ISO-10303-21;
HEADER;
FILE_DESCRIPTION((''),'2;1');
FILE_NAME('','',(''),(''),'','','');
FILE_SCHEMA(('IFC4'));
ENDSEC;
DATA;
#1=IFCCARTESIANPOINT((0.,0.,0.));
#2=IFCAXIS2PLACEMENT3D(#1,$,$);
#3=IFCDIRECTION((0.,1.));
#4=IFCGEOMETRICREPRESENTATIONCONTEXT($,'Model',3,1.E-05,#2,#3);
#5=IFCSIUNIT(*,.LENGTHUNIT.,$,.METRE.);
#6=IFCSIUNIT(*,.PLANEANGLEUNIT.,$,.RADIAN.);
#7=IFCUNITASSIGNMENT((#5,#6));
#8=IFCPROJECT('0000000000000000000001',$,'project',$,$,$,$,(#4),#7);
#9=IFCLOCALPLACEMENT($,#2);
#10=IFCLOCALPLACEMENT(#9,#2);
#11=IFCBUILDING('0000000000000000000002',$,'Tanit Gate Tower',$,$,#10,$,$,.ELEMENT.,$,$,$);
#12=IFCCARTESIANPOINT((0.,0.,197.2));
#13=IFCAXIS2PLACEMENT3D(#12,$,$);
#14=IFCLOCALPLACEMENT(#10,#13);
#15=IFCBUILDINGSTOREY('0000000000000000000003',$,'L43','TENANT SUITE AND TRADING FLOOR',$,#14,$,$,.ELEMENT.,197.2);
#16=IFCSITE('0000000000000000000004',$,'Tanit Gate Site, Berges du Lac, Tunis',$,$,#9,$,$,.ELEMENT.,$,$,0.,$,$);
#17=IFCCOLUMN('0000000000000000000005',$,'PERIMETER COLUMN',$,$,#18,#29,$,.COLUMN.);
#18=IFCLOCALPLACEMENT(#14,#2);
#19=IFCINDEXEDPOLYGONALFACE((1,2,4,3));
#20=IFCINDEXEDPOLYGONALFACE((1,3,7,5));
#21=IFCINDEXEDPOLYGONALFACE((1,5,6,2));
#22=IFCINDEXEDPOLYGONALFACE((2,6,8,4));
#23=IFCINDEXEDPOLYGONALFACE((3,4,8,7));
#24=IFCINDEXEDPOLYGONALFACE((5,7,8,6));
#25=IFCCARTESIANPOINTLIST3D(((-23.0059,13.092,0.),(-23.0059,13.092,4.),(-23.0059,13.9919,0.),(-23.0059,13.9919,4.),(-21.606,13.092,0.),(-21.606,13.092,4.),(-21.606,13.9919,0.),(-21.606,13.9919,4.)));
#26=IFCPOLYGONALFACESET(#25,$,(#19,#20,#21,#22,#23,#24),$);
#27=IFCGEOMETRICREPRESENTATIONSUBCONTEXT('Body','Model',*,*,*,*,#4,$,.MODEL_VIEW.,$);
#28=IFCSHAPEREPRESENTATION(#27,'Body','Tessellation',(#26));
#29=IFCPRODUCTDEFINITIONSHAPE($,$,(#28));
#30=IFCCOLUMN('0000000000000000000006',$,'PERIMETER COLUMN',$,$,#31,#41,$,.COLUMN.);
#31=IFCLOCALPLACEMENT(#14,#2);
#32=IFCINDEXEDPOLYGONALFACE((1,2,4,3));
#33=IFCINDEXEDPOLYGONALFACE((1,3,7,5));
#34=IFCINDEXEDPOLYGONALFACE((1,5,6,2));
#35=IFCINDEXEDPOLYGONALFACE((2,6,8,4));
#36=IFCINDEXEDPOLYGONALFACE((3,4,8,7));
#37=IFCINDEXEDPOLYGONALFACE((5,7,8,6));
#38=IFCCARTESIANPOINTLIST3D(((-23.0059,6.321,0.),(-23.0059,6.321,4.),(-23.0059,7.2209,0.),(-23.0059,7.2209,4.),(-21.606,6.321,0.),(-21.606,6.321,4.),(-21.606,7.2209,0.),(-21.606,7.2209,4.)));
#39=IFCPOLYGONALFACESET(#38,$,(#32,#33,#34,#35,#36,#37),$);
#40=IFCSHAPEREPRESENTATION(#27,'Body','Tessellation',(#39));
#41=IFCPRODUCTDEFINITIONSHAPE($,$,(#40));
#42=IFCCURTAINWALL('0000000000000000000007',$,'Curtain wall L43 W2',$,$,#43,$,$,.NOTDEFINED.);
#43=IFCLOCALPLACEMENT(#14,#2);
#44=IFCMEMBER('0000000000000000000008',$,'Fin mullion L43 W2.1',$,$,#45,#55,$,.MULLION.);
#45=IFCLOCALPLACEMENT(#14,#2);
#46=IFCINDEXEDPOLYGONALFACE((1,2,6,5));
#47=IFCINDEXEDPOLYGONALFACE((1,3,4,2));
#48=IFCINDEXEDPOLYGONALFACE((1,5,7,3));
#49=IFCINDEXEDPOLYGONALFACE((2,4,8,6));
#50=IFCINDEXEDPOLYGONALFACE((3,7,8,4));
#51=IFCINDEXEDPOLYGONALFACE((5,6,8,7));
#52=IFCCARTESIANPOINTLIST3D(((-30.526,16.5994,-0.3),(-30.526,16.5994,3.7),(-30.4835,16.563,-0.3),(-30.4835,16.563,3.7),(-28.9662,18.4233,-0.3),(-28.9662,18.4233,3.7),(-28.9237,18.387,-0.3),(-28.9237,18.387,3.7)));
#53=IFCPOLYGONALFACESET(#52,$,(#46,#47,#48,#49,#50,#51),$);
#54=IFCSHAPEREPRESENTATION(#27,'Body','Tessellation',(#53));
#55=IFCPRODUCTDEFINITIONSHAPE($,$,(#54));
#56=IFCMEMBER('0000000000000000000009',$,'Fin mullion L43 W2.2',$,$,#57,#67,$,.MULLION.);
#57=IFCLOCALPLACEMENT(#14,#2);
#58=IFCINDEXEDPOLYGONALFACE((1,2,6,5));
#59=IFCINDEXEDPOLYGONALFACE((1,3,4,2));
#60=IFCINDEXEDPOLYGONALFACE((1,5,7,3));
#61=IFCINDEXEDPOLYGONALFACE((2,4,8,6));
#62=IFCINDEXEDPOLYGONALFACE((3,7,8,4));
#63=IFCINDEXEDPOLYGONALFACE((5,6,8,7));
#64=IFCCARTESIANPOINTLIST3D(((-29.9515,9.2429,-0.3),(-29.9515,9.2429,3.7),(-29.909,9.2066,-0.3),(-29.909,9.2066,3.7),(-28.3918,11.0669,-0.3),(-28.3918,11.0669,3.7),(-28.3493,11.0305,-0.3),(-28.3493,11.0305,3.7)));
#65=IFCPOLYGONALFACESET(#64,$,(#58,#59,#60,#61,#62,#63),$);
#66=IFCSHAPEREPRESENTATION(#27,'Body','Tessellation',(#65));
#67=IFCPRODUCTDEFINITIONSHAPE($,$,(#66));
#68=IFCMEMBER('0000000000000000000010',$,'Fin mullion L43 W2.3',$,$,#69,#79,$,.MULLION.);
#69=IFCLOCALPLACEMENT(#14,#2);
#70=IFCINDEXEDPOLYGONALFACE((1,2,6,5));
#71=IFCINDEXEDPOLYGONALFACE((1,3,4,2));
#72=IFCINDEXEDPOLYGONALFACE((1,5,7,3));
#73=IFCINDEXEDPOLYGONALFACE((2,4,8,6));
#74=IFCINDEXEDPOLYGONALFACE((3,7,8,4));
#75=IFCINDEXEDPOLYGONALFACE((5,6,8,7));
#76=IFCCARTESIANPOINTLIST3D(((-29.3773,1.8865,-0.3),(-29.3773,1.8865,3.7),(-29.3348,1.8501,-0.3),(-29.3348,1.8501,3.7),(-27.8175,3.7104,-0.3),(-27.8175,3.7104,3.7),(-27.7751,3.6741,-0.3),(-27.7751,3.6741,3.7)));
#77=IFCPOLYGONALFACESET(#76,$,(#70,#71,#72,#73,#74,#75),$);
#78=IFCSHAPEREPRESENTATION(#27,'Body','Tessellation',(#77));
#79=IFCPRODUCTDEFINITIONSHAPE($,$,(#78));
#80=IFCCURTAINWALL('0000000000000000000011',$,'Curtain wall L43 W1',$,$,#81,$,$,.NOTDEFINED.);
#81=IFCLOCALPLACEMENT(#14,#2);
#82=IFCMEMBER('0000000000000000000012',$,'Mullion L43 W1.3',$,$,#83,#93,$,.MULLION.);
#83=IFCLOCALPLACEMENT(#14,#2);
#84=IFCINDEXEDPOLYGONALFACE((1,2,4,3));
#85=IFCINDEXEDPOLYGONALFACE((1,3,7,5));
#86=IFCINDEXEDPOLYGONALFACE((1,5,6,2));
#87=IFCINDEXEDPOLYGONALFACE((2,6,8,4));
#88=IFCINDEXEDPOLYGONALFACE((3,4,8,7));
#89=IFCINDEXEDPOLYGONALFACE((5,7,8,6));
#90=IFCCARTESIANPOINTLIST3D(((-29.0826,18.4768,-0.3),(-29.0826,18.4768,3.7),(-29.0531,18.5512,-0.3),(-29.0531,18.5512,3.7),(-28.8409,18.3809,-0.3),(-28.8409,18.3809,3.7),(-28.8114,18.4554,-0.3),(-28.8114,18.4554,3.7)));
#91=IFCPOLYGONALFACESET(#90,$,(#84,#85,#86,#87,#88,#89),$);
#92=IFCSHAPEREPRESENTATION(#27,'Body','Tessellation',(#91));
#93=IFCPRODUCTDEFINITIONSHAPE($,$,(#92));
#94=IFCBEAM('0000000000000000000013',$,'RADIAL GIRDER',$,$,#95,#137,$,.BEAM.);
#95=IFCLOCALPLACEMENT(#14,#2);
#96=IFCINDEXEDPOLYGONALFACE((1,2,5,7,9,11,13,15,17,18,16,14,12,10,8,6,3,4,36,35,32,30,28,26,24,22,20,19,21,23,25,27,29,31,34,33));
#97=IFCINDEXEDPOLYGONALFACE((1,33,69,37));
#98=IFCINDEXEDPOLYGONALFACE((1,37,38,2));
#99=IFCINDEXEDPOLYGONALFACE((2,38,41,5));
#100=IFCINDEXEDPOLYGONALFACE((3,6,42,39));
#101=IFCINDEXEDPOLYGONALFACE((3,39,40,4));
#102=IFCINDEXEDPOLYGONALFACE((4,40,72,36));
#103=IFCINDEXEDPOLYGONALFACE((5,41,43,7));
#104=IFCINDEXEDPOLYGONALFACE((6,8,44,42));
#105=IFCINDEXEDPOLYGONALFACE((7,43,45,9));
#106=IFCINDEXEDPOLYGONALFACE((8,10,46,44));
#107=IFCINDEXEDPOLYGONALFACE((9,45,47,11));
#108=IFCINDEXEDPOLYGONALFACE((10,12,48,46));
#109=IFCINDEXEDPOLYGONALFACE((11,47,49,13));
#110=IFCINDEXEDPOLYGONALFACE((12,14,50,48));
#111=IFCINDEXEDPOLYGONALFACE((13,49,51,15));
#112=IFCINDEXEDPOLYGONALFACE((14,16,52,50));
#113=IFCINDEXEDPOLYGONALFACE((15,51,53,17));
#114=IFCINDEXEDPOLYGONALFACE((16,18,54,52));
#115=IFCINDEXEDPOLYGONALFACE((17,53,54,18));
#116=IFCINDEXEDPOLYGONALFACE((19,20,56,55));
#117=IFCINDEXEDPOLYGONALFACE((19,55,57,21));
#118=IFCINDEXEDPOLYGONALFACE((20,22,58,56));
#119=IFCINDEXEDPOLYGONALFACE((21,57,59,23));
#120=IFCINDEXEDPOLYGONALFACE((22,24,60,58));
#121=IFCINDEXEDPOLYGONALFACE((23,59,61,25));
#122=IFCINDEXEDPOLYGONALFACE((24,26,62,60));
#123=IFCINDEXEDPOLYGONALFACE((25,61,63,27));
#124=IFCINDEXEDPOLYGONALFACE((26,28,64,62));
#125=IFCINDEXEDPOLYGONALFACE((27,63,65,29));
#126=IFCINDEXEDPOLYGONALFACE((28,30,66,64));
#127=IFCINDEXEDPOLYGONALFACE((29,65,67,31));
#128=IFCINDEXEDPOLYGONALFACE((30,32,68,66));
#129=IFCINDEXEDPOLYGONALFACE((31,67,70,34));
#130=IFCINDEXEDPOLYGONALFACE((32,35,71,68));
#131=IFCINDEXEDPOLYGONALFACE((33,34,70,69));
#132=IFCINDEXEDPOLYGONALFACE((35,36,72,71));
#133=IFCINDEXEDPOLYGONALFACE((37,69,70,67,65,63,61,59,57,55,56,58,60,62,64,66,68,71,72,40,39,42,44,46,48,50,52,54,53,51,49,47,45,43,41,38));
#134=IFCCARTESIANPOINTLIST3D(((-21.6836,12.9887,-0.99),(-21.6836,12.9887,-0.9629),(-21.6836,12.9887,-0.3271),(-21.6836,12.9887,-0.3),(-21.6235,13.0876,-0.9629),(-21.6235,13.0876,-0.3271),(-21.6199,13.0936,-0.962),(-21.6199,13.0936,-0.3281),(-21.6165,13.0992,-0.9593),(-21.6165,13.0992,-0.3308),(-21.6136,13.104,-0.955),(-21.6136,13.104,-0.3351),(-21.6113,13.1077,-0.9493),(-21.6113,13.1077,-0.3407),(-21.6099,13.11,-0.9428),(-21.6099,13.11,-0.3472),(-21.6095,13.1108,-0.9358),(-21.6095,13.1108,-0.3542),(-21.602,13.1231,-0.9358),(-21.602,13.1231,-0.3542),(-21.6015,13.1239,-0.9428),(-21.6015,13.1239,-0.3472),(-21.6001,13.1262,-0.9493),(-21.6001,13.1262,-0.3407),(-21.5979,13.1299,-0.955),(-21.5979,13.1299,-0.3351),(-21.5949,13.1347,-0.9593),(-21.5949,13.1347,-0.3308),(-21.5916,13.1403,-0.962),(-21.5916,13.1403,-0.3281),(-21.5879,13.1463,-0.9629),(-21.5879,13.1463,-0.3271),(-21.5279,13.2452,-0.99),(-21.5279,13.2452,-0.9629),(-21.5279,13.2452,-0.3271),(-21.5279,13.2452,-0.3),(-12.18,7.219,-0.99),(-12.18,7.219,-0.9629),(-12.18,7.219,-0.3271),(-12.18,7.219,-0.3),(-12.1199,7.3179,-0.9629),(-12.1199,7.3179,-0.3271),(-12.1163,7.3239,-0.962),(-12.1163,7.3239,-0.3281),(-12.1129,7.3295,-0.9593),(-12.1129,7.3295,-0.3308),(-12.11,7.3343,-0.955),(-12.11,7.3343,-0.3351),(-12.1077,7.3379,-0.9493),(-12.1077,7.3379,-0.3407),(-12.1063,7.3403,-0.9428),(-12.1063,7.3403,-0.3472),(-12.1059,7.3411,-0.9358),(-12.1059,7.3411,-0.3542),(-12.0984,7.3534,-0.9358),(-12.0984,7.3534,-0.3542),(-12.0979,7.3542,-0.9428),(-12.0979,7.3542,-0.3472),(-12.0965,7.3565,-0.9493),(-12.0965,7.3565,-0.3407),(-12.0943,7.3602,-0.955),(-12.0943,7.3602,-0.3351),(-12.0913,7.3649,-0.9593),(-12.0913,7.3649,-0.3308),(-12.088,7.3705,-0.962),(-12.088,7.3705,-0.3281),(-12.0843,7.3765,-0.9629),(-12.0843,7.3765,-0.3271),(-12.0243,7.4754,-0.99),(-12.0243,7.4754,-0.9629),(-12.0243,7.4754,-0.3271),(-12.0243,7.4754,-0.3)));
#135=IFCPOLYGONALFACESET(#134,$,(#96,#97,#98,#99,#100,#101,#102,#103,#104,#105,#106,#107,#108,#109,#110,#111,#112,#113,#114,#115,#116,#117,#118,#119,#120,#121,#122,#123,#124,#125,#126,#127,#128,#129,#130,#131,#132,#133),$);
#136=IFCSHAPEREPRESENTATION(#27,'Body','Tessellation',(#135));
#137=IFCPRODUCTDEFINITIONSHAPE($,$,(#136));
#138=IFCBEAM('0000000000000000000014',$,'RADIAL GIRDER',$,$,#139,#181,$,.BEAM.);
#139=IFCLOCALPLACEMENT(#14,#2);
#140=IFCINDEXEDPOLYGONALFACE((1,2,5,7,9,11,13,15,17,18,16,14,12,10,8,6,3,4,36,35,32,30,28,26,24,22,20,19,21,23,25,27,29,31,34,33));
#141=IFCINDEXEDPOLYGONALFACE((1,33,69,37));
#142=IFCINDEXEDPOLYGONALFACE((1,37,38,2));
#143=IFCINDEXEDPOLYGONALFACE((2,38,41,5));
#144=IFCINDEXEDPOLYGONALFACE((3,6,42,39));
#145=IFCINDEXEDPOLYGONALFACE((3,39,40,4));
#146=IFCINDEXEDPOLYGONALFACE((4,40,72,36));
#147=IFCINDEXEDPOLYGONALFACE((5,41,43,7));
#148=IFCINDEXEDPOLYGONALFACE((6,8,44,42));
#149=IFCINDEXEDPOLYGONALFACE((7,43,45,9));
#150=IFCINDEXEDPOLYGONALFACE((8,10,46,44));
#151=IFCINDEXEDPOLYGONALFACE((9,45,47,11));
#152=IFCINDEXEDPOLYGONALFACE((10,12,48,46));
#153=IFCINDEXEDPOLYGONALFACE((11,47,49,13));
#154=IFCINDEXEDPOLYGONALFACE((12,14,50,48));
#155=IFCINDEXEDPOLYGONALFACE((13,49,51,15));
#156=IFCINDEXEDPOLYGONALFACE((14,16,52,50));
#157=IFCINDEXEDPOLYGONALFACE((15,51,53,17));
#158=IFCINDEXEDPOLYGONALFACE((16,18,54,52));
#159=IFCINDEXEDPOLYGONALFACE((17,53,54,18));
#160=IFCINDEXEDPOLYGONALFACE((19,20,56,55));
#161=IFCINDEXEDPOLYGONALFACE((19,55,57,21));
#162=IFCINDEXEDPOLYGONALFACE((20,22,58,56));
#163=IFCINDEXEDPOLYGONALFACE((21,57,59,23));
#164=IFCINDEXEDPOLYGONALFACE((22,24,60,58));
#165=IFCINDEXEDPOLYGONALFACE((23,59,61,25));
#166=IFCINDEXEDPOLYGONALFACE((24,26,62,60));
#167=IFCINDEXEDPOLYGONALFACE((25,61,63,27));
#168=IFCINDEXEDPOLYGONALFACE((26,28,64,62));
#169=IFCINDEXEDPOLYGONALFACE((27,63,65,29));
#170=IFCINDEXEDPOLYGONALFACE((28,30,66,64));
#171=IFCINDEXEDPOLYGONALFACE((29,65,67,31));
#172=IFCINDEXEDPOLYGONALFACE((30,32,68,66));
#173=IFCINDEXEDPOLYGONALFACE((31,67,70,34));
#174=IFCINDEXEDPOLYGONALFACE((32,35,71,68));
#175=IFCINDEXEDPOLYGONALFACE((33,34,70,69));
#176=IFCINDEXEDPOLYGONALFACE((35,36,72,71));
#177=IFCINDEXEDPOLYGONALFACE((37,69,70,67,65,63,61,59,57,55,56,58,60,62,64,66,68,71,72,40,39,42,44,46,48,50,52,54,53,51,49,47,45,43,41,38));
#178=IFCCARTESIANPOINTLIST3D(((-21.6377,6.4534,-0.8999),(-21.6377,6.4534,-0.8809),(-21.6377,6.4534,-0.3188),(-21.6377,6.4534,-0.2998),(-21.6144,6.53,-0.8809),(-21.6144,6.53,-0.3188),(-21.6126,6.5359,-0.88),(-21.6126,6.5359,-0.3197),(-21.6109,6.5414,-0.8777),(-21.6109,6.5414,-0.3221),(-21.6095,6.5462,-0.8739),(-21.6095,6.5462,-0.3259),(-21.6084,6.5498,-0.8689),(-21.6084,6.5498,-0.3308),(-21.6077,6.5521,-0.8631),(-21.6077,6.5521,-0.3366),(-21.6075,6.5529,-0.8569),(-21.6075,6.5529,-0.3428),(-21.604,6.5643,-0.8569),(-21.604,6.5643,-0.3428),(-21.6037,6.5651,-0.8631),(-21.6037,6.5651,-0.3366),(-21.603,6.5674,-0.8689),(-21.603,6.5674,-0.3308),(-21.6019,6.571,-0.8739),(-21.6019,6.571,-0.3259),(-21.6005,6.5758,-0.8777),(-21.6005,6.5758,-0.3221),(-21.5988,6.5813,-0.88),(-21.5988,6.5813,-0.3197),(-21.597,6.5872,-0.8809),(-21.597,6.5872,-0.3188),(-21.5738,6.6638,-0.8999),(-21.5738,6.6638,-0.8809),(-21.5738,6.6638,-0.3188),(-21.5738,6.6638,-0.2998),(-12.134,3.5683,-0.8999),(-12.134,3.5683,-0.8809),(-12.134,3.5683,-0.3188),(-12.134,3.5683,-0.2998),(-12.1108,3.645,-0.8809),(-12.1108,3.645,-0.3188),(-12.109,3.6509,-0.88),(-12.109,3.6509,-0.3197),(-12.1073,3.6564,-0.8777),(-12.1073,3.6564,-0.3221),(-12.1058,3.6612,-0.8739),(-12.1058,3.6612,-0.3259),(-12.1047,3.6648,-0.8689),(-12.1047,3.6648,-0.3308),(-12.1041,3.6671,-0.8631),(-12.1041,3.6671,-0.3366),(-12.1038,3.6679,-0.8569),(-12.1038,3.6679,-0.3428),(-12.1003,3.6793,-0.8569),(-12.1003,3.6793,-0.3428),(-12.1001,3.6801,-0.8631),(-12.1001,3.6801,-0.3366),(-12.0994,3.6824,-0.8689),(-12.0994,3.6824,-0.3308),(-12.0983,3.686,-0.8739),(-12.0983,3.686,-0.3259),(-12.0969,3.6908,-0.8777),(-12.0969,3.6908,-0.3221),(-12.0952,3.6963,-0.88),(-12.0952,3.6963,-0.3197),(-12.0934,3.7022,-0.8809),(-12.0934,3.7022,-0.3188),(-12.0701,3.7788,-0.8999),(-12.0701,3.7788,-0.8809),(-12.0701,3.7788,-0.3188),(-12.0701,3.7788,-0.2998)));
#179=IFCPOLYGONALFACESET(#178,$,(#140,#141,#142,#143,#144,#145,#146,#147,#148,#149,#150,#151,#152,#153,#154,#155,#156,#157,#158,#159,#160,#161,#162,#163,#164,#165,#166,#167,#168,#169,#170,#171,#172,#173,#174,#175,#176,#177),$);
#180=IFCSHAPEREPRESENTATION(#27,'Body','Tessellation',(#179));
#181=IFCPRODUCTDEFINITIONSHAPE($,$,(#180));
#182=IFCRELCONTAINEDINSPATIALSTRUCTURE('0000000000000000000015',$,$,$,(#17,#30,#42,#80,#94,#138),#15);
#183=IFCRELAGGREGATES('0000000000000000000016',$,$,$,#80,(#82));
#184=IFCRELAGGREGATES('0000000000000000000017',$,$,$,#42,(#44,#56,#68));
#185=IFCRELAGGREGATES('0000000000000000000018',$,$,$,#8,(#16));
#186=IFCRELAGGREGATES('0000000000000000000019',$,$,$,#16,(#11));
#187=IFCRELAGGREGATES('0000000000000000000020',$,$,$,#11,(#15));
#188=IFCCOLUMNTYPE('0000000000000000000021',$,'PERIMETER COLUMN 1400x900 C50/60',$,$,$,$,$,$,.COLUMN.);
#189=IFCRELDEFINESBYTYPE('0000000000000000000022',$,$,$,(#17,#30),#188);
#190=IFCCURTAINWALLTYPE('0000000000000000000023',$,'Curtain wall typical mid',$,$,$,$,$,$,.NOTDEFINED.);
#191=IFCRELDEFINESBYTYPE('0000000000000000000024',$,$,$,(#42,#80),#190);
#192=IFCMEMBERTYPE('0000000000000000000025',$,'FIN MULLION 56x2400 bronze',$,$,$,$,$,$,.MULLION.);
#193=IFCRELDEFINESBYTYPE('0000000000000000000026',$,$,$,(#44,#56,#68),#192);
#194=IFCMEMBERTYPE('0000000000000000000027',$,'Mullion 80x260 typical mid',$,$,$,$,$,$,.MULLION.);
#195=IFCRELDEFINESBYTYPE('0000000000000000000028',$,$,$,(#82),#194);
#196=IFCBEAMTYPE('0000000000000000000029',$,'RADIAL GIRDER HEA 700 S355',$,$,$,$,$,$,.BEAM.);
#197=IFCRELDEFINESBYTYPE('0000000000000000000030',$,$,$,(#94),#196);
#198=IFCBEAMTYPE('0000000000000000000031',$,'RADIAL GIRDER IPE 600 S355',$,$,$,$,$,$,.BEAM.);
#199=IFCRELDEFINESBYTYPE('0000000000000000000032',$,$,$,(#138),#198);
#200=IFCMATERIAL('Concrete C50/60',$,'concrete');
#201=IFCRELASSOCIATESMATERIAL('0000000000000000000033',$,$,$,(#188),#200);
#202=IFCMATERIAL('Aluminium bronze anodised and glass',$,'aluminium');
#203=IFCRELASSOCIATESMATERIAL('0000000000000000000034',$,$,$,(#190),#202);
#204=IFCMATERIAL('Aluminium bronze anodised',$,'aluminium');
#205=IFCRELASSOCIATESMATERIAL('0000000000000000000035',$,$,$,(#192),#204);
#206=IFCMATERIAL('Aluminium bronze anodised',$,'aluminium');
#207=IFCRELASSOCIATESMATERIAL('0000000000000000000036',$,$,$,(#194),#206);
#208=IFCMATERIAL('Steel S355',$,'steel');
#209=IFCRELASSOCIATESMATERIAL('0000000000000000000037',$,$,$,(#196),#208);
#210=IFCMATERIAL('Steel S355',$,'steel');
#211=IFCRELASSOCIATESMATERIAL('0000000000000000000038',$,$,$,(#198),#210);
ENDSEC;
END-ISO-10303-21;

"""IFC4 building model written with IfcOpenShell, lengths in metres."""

from ifc_helpers import new_model, si_unit, direction, frame, origin, origin_2d, place, context, subcontext, project, spatial, rectangle, i_section, extrude, material, material_profile, profile_set, type_object, element, aggregate, save


model = new_model("IFC4")

# Units and contexts
model_context = context("Model", 3, precision=1e-05, world=origin(), true_north=direction((0.0, 1.0)))
body_context = subcontext(model_context, "Body", "Model", "MODEL_VIEW")
ifc_project = project(units=[si_unit("LENGTHUNIT", "METRE"), si_unit("PLANEANGLEUNIT", "RADIAN")], contexts=[model_context])

# Site, building, storey
site_placement = place(None, origin())
site = spatial("IfcSite", under=ifc_project, at=site_placement, Name="Tanit Gate Site, Berges du Lac, Tunis", CompositionType="ELEMENT", RefElevation=0.0)
building_placement = place(site_placement, origin())
building = spatial("IfcBuilding", under=site, at=building_placement, Name="Tanit Gate Tower", CompositionType="ELEMENT")
storey_placement = place(building_placement, frame((0.0, 0.0, 197.2)))
storey = spatial("IfcBuildingStorey", under=building, at=storey_placement, Name="L43", Description="TENANT SUITE AND TRADING FLOOR", CompositionType="ELEMENT", Elevation=197.2)

# Columns
ifc_material_1 = material(Name="Concrete C50/60", Category="concrete")
ifc_material_profile_1 = material_profile(ifc_material_1, rectangle(XDim=1.3999, YDim=0.8999, at=origin_2d()), Name="RC 1400x900")
ifc_profile_set_1 = profile_set([ifc_material_profile_1], Name="Concrete C50/60")
column_type = type_object("IfcColumnType", Name="PERIMETER COLUMN 1400x900 C50/60", PredefinedType="COLUMN", material=ifc_profile_set_1)
for number, where, z_axis, x_axis, name in (
    (1, (-22.3059, 13.542, 0.0), (0.0, 0.0, 1.0), (-1.0, 0.0, 0.0), "PERIMETER COLUMN"),
    (2, (-22.3059, 6.771, 0.0), (0.0, 0.0, 1.0), (-1.0, 0.0, 0.0), "PERIMETER COLUMN"),
):
    element("IfcColumn", number, at=place(storey_placement, frame(where, z_axis=z_axis, x_axis=x_axis)), inside=storey, type_object=column_type, Name=name, PredefinedType="COLUMN", context=body_context, shape_type="SweptSolid", body=[
        extrude(rectangle(XDim=1.3999, YDim=0.8999, at=origin_2d()), origin(), (0.0, 0.0, 1.0), 4.0),
    ])

# Curtain wall, members
ifc_material_2 = material(Name="Aluminium bronze anodised and glass", Category="aluminium")
curtain_wall_type = type_object("IfcCurtainWallType", Name="Curtain wall typical mid", PredefinedType="NOTDEFINED", material=ifc_material_2)
curtain_wall_1_placement = place(storey_placement, origin())
curtain_wall_1 = element("IfcCurtainWall", 3, at=curtain_wall_1_placement, inside=storey, type_object=curtain_wall_type, Name="Curtain wall L43 W2", PredefinedType="NOTDEFINED")
ifc_material_3 = material(Name="Aluminium bronze anodised", Category="aluminium")
ifc_material_profile_2 = material_profile(ifc_material_3, rectangle(XDim=2.3999, YDim=0.0559, at=origin_2d()), Name="56x2400 bronze fin mullion")
ifc_profile_set_2 = profile_set([ifc_material_profile_2], Name="Aluminium bronze anodised")
member_type_1 = type_object("IfcMemberType", Name="FIN MULLION 56x2400 bronze", PredefinedType="MULLION", material=ifc_profile_set_2)
member_1_placement = place(storey_placement, frame((-29.7249, 17.4932, -0.3), z_axis=(0.0, 0.0, 1.0), x_axis=(0.649921, 0.760002, 0.0)))
member_1 = element("IfcMember", 4, at=member_1_placement, type_object=member_type_1, Name="Fin mullion L43 W2.1", PredefinedType="MULLION", context=body_context, shape_type="SweptSolid", body=[
    extrude(rectangle(XDim=2.3999, YDim=0.0559, at=origin_2d()), origin(), (0.0, 0.0, 1.0), 4.0),
])
member_2_placement = place(storey_placement, frame((-29.1504, 10.1367, -0.3), z_axis=(0.0, 0.0, 1.0), x_axis=(0.649921, 0.760002, 0.0)))
member_2 = element("IfcMember", 5, at=member_2_placement, type_object=member_type_1, Name="Fin mullion L43 W2.2", PredefinedType="MULLION", context=body_context, shape_type="SweptSolid", body=[
    extrude(rectangle(XDim=2.3999, YDim=0.0559, at=origin_2d()), origin(), (0.0, 0.0, 1.0), 4.0),
])
member_3_placement = place(storey_placement, frame((-28.5762, 2.7803, -0.3), z_axis=(0.0, 0.0, 1.0), x_axis=(0.649921, 0.760002, 0.0)))
member_3 = element("IfcMember", 6, at=member_3_placement, type_object=member_type_1, Name="Fin mullion L43 W2.3", PredefinedType="MULLION", context=body_context, shape_type="SweptSolid", body=[
    extrude(rectangle(XDim=2.3999, YDim=0.0559, at=origin_2d()), origin(), (0.0, 0.0, 1.0), 4.0),
])

# Curtain wall, member
curtain_wall_2_placement = place(storey_placement, origin())
curtain_wall_2 = element("IfcCurtainWall", 7, at=curtain_wall_2_placement, inside=storey, type_object=curtain_wall_type, Name="Curtain wall L43 W1", PredefinedType="NOTDEFINED")
ifc_material_4 = material(Name="Aluminium bronze anodised", Category="aluminium")
ifc_material_profile_3 = material_profile(ifc_material_4, rectangle(XDim=0.26, YDim=0.0801, at=origin_2d()), Name="80x260 bronze mullion")
ifc_profile_set_3 = profile_set([ifc_material_profile_3], Name="Aluminium bronze anodised")
member_type_2 = type_object("IfcMemberType", Name="Mullion 80x260 typical mid", PredefinedType="MULLION", material=ifc_profile_set_3)
member_4_placement = place(storey_placement, frame((-28.947, 18.4661, -0.3), z_axis=(0.0, 0.0, 1.0), x_axis=(0.929554, -0.368686, 0.0)))
member_4 = element("IfcMember", 8, at=member_4_placement, type_object=member_type_2, Name="Mullion L43 W1.3", PredefinedType="MULLION", context=body_context, shape_type="SweptSolid", body=[
    extrude(rectangle(XDim=0.26, YDim=0.0801, at=origin_2d()), origin(), (0.0, 0.0, 1.0), 4.0),
])
aggregate(curtain_wall_2, [member_4])

# Beams
ifc_material_5 = material(Name="Steel S355", Category="steel")
ifc_material_profile_4 = material_profile(ifc_material_5, i_section(OverallWidth=0.3, OverallDepth=0.6899, WebThickness=0.0144, FlangeThickness=0.0271, FilletRadius=0.0271, at=origin_2d()), Name="HEA 700")
ifc_profile_set_4 = profile_set([ifc_material_profile_4], Name="Steel S355")
beam_type_1 = type_object("IfcBeamType", Name="RADIAL GIRDER HEA 700 S355", PredefinedType="BEAM", material=ifc_profile_set_4)
beam_1_placement = place(storey_placement, frame((-21.6057, 13.1169, -0.645), z_axis=(0.8548, -0.518958, 0.0), x_axis=(0.518958, 0.8548, 0.0)))
element("IfcBeam", 9, at=beam_1_placement, inside=storey, type_object=beam_type_1, Name="RADIAL GIRDER", PredefinedType="BEAM", context=body_context, shape_type="SweptSolid", body=[
    extrude(i_section(OverallWidth=0.3, OverallDepth=0.6899, WebThickness=0.0144, FlangeThickness=0.0271, FilletRadius=0.0271, at=origin_2d()), origin(), (0.0, 0.0, 1.0), 11.1179),
])
ifc_material_6 = material(Name="Steel S355", Category="steel")
ifc_material_profile_5 = material_profile(ifc_material_6, i_section(OverallWidth=0.22, OverallDepth=0.6001, WebThickness=0.012, FlangeThickness=0.019, FilletRadius=0.0239, at=origin_2d()), Name="IPE 600")
ifc_profile_set_5 = profile_set([ifc_material_profile_5], Name="Steel S355")
beam_type_2 = type_object("IfcBeamType", Name="RADIAL GIRDER IPE 600 S355", PredefinedType="BEAM", material=ifc_profile_set_5)
beam_2_placement = place(storey_placement, frame((-21.6057, 6.5586, -0.5999), z_axis=(0.956881, -0.290479, 0.0), x_axis=(0.290479, 0.956881, 0.0)))
element("IfcBeam", 10, at=beam_2_placement, inside=storey, type_object=beam_type_2, Name="RADIAL GIRDER", PredefinedType="BEAM", context=body_context, shape_type="SweptSolid", body=[
    extrude(i_section(OverallWidth=0.22, OverallDepth=0.6001, WebThickness=0.012, FlangeThickness=0.019, FilletRadius=0.0239, at=origin_2d()), origin(), (0.0, 0.0, 1.0), 9.9319),
])

aggregate(curtain_wall_1, [member_1, member_2, member_3])

save(model, "model.ifc")
